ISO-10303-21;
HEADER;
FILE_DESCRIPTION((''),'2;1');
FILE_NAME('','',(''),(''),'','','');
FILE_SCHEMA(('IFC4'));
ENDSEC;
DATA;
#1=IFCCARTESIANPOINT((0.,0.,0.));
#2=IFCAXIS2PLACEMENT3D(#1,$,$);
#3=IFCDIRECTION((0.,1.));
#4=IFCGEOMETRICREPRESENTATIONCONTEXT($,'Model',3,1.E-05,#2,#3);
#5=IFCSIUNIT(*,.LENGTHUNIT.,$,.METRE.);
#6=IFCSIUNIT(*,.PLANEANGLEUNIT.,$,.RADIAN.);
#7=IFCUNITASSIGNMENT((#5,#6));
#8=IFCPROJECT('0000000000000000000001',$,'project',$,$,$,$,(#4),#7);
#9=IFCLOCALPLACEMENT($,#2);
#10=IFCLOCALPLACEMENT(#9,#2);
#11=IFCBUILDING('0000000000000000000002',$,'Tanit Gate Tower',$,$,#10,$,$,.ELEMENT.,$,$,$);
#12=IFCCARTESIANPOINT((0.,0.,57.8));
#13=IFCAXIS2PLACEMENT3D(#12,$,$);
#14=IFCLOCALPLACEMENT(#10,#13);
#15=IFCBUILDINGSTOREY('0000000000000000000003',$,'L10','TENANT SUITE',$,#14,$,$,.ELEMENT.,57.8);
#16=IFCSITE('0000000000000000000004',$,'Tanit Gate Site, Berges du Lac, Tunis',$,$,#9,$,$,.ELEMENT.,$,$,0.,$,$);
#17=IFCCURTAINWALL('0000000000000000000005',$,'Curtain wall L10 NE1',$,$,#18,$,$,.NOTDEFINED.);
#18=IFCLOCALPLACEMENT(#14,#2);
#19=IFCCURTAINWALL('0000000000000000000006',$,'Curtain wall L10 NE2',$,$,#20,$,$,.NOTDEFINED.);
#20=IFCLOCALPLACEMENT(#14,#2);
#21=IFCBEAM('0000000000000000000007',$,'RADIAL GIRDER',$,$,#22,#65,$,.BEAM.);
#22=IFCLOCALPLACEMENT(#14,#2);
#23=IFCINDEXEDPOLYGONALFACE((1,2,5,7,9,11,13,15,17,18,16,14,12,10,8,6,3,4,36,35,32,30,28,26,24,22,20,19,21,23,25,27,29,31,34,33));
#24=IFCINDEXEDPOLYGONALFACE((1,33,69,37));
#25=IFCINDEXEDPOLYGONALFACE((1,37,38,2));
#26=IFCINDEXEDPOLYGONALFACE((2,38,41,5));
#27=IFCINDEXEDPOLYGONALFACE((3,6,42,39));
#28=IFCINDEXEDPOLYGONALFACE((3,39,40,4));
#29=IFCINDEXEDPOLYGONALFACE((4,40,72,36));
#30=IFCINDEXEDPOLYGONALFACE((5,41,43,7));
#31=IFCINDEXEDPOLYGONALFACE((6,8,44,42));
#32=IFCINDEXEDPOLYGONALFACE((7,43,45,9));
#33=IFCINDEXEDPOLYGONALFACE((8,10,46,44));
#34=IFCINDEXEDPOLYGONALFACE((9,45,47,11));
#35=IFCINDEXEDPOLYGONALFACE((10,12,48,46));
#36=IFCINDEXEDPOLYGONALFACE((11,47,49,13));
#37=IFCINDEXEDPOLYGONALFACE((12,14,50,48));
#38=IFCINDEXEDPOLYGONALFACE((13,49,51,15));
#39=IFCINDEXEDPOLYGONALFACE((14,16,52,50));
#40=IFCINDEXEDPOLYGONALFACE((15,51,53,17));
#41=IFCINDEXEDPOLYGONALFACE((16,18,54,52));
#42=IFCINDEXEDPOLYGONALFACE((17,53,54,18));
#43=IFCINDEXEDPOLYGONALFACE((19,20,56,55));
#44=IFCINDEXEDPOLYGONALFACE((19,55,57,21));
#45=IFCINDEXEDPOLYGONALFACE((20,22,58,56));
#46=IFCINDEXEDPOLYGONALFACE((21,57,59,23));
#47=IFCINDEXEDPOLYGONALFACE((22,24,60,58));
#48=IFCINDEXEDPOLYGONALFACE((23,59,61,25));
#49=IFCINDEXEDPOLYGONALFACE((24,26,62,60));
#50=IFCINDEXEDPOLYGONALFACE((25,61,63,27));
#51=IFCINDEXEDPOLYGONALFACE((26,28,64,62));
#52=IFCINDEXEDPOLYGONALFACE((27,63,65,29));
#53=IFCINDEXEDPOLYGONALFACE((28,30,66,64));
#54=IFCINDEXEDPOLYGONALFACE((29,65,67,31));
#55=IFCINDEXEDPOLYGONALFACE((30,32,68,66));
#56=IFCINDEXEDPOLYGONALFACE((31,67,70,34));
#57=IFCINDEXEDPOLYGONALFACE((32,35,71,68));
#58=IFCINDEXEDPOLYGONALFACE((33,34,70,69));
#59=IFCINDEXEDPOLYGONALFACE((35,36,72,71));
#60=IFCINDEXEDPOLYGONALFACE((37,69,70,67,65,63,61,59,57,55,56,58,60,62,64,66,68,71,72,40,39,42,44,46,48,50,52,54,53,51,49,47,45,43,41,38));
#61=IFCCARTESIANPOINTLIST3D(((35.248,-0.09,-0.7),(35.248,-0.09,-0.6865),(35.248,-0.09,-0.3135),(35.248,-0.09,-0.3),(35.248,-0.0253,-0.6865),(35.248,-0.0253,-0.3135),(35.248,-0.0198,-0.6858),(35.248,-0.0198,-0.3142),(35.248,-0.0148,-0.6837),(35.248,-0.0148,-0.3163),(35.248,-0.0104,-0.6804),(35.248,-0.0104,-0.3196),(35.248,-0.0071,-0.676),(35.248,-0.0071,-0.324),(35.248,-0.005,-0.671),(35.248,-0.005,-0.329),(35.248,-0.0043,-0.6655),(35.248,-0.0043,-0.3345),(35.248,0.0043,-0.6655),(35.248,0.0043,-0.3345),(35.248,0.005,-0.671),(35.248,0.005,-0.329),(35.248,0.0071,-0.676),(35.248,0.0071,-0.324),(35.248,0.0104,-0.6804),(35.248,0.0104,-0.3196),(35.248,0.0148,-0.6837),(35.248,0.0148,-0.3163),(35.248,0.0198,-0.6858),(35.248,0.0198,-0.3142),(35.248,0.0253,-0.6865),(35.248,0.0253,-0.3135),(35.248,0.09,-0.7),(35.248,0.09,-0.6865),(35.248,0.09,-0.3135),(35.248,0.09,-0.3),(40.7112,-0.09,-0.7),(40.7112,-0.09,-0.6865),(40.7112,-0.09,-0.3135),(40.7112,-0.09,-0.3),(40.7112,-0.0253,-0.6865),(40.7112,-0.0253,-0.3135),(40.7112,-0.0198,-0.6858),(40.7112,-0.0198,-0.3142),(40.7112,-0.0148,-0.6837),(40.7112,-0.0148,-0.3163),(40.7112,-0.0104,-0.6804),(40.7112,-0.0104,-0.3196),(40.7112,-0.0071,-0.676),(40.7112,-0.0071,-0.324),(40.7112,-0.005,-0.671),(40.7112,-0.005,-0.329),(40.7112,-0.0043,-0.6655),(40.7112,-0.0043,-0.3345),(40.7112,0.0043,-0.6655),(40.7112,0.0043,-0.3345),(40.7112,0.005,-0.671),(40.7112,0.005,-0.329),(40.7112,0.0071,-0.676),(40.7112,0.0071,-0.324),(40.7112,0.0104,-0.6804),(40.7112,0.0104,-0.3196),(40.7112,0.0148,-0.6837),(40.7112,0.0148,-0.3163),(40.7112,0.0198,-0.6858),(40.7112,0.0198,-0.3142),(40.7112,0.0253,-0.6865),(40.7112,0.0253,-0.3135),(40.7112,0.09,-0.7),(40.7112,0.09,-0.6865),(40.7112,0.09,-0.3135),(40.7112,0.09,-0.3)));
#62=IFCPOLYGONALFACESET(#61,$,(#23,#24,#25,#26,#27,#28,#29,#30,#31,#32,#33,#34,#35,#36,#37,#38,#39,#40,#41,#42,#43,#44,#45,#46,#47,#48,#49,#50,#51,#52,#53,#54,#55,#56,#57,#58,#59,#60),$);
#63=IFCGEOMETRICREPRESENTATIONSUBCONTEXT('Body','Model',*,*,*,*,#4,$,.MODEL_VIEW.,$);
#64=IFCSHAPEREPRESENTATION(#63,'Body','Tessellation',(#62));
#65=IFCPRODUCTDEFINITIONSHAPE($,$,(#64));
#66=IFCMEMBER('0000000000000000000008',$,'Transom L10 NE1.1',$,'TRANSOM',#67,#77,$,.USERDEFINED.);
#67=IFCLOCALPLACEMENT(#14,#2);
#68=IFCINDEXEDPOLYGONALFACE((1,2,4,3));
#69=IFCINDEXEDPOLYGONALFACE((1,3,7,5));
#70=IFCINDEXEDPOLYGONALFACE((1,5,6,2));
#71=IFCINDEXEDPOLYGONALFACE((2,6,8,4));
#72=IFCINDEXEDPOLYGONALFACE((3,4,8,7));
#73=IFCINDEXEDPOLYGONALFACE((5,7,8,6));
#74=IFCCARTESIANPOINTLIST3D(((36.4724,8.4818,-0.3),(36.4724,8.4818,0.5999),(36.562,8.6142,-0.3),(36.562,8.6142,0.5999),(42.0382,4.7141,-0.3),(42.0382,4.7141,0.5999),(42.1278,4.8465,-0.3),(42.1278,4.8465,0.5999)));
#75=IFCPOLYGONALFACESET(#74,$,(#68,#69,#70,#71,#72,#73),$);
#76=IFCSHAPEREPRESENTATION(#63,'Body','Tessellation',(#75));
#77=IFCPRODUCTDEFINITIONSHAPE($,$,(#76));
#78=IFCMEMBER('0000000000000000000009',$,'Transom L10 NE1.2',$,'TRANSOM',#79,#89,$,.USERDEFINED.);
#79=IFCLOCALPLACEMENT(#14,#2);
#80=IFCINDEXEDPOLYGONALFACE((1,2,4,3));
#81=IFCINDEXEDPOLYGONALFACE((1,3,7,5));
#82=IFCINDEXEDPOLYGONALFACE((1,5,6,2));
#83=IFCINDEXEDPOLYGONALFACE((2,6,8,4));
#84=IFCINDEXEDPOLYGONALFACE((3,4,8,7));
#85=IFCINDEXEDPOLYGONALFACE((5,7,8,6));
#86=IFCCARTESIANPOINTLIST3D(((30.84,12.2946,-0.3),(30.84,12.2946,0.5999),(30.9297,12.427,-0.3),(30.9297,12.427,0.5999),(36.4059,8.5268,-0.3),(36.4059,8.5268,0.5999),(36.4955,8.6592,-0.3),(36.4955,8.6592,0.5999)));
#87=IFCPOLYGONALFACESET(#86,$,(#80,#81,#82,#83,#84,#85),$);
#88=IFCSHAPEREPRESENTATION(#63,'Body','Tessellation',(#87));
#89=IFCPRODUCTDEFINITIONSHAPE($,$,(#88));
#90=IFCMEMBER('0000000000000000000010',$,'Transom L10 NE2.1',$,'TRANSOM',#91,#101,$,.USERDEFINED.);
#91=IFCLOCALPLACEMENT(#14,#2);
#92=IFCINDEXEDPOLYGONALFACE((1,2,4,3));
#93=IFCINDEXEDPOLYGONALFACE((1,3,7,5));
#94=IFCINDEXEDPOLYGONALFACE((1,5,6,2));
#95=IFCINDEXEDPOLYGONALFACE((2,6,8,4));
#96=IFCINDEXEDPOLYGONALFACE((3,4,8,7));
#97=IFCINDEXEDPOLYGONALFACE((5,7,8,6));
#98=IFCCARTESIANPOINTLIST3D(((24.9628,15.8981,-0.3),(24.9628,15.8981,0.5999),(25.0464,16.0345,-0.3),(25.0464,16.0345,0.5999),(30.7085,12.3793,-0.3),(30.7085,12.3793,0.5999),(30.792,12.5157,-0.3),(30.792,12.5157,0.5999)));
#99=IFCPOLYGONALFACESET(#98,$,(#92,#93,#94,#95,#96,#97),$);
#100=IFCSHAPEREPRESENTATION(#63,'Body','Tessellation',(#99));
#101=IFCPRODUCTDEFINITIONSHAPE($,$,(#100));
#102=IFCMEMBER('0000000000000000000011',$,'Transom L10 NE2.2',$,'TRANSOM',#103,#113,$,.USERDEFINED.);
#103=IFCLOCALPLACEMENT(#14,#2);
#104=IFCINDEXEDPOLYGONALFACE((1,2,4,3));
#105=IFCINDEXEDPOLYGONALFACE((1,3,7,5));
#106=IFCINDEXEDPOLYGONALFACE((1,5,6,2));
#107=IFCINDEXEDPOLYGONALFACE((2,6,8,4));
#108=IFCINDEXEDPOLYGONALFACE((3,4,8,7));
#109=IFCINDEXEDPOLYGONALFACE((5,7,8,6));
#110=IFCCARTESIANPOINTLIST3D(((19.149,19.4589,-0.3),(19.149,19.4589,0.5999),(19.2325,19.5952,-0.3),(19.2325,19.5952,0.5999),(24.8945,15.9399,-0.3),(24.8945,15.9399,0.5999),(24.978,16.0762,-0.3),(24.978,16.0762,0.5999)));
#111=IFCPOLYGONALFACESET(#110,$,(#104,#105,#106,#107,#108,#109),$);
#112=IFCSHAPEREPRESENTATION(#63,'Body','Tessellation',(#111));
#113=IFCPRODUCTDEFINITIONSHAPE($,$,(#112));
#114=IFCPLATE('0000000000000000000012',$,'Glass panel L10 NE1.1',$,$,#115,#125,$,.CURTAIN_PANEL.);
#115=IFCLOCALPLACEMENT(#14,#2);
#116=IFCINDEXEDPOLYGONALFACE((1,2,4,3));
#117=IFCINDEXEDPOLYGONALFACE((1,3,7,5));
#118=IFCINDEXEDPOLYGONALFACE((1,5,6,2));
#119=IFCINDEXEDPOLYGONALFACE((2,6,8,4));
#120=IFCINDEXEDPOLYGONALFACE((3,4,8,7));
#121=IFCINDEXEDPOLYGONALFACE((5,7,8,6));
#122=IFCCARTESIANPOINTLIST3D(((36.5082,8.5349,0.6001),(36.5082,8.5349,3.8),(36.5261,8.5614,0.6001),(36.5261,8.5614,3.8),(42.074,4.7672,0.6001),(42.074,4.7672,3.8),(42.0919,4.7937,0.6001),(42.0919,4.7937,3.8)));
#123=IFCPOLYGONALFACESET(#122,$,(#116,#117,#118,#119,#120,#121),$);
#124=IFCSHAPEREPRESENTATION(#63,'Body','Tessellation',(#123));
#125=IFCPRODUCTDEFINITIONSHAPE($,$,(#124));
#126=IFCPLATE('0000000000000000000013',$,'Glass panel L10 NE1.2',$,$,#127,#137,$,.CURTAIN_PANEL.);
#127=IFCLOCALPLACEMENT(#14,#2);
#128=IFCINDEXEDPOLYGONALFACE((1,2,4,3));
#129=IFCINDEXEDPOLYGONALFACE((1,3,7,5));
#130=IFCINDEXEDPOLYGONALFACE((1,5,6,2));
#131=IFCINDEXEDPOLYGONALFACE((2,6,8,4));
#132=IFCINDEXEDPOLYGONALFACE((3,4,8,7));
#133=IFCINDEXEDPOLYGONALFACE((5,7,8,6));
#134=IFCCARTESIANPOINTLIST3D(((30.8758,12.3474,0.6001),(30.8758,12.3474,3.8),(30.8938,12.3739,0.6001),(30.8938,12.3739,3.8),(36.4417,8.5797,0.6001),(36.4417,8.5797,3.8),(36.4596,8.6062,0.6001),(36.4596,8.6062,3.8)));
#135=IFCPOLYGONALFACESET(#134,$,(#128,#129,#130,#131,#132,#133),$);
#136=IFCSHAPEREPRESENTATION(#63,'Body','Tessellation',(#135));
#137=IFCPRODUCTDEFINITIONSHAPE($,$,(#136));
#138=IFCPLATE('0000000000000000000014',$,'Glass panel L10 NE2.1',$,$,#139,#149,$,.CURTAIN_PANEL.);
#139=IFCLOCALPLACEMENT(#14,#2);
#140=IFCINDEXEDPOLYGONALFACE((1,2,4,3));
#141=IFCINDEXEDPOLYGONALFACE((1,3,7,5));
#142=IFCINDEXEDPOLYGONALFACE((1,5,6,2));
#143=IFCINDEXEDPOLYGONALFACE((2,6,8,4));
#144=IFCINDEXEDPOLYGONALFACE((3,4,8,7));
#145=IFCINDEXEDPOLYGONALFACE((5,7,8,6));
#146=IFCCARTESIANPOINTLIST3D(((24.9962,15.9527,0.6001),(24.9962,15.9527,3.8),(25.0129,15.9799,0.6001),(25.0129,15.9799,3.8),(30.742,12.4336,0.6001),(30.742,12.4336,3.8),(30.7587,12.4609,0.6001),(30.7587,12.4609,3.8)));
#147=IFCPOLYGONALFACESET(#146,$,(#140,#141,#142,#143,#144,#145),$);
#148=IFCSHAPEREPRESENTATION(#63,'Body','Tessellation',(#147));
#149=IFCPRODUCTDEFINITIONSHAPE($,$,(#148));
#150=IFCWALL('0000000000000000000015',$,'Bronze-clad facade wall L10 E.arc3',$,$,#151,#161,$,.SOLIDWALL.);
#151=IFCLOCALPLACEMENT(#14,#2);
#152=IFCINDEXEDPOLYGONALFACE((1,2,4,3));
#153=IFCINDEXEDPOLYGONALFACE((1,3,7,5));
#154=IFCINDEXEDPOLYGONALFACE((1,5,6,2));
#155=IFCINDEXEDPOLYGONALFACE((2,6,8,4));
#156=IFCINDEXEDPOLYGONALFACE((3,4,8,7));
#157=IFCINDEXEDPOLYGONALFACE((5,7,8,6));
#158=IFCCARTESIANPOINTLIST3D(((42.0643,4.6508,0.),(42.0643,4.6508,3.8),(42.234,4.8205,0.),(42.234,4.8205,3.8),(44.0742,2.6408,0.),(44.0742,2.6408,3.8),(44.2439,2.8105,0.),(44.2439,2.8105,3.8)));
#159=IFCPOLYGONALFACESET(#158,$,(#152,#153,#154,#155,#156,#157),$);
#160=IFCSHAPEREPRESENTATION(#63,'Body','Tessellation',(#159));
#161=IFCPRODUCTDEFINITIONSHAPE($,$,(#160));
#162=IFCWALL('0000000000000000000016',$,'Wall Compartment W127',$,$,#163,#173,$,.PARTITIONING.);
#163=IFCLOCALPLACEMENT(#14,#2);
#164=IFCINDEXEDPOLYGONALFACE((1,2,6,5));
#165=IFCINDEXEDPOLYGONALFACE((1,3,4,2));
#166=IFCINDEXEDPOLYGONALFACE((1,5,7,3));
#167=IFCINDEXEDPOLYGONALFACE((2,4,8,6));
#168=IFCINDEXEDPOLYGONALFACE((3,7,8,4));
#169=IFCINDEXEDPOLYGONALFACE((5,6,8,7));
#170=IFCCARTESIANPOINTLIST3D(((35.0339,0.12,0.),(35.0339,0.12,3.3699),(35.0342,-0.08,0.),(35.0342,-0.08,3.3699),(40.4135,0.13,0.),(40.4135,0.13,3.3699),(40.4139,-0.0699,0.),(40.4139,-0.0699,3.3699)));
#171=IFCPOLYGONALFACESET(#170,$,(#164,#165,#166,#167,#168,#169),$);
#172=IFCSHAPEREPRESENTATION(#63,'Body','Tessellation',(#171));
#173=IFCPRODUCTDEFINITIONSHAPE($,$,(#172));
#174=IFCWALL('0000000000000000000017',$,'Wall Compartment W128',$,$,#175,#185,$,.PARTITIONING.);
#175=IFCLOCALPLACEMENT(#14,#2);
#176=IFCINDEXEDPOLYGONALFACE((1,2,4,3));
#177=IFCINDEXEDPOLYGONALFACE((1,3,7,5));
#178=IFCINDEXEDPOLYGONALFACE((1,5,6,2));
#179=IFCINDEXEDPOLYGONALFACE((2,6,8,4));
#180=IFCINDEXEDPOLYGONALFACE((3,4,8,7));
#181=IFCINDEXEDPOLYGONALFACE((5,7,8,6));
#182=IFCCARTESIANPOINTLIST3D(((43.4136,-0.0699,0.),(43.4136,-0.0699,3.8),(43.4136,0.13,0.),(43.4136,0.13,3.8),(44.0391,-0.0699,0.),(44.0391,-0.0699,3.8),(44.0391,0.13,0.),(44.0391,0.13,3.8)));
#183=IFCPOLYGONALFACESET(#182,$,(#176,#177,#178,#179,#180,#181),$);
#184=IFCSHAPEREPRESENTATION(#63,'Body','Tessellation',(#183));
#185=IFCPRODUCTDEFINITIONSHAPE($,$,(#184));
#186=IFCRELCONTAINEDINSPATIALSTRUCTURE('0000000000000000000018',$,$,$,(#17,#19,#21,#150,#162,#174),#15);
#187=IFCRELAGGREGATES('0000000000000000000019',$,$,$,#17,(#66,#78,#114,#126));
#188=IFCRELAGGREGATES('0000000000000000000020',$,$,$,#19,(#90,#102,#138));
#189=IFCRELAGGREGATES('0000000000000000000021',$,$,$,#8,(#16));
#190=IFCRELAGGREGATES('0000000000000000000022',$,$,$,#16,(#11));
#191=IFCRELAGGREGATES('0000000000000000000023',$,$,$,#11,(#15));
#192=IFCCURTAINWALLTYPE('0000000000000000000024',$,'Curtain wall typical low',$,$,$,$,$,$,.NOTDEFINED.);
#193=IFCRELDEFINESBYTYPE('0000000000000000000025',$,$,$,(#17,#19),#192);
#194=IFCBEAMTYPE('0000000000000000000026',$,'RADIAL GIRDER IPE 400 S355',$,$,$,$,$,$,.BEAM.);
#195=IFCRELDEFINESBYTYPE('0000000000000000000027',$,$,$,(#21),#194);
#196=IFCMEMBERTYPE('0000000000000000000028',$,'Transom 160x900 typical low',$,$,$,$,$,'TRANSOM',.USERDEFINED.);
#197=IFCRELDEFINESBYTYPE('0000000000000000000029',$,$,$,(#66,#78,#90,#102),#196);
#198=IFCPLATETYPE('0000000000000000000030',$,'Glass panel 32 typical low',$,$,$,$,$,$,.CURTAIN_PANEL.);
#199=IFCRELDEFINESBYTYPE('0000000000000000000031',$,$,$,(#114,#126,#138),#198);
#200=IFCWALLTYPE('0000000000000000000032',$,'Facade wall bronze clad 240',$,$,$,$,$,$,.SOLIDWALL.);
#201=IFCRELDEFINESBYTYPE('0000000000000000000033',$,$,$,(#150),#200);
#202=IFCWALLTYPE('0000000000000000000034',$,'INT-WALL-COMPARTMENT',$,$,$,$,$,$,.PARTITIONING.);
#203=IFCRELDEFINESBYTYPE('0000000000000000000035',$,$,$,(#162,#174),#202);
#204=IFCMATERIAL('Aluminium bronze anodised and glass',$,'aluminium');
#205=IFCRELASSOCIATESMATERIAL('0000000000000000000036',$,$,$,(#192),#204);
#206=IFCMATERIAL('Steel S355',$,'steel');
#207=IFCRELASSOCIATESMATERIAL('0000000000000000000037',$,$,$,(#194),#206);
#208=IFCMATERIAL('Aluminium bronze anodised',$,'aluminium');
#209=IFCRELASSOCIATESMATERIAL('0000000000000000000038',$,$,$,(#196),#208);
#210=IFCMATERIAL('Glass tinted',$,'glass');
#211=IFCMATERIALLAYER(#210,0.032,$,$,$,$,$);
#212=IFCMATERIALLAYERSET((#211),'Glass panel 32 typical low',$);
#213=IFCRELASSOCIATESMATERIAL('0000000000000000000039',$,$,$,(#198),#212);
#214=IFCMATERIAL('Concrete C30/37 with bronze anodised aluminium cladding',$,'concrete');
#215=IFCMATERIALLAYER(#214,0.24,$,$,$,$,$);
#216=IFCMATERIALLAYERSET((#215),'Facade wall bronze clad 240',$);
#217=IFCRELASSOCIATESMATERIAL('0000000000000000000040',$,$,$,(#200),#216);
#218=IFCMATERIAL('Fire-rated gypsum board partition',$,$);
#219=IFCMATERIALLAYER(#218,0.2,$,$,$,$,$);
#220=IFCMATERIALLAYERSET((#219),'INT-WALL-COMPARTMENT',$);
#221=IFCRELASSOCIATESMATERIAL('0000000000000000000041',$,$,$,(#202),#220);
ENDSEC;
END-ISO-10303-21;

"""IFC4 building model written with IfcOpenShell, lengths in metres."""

from ifc_helpers import new_model, si_unit, direction, frame, frame_2d, origin, origin_2d, place, context, subcontext, project, spatial, rectangle, i_section, extrude, material, layer, layer_set, material_profile, profile_set, type_object, element, aggregate, save


model = new_model("IFC4")

# Units and contexts
model_context = context("Model", 3, precision=1e-05, world=origin(), true_north=direction((0.0, 1.0)))
body_context = subcontext(model_context, "Body", "Model", "MODEL_VIEW")
ifc_project = project(units=[si_unit("LENGTHUNIT", "METRE"), si_unit("PLANEANGLEUNIT", "RADIAN")], contexts=[model_context])

# Site, building, storey
site_placement = place(None, origin())
site = spatial("IfcSite", under=ifc_project, at=site_placement, Name="Tanit Gate Site, Berges du Lac, Tunis", CompositionType="ELEMENT", RefElevation=0.0)
building_placement = place(site_placement, origin())
building = spatial("IfcBuilding", under=site, at=building_placement, Name="Tanit Gate Tower", CompositionType="ELEMENT")
storey_placement = place(building_placement, frame((0.0, 0.0, 57.8)))
storey = spatial("IfcBuildingStorey", under=building, at=storey_placement, Name="L10", Description="TENANT SUITE", CompositionType="ELEMENT", Elevation=57.8)

# Curtain walls
ifc_material_1 = material(Name="Aluminium bronze anodised and glass", Category="aluminium")
curtain_wall_type = type_object("IfcCurtainWallType", Name="Curtain wall typical low", PredefinedType="NOTDEFINED", material=ifc_material_1)
curtain_wall_1_placement = place(storey_placement, origin())
curtain_wall_1 = element("IfcCurtainWall", 1, at=curtain_wall_1_placement, inside=storey, type_object=curtain_wall_type, Name="Curtain wall L10 NE1", PredefinedType="NOTDEFINED")
curtain_wall_2_placement = place(storey_placement, origin())
curtain_wall_2 = element("IfcCurtainWall", 2, at=curtain_wall_2_placement, inside=storey, type_object=curtain_wall_type, Name="Curtain wall L10 NE2", PredefinedType="NOTDEFINED")

# Beam
ifc_material_2 = material(Name="Steel S355", Category="steel")
ifc_material_profile_1 = material_profile(ifc_material_2, i_section(OverallWidth=0.1799, OverallDepth=0.3999, WebThickness=0.0085, FlangeThickness=0.0134, FilletRadius=0.021, at=origin_2d()), Name="IPE 400")
ifc_profile_set_1 = profile_set([ifc_material_profile_1], Name="Steel S355")
beam_type_1 = type_object("IfcBeamType", Name="RADIAL GIRDER IPE 400 S355", PredefinedType="BEAM", material=ifc_profile_set_1)
beam_1_placement = place(storey_placement, frame((40.7112, 0.0, -0.5), z_axis=(-1.0, 0.0, 0.0), x_axis=(0.0, -1.0, 0.0)))
element("IfcBeam", 3, at=beam_1_placement, inside=storey, type_object=beam_type_1, Name="RADIAL GIRDER", PredefinedType="BEAM", context=body_context, shape_type="SweptSolid", body=[
    extrude(i_section(OverallWidth=0.1799, OverallDepth=0.3999, WebThickness=0.0085, FlangeThickness=0.0134, FilletRadius=0.021, at=origin_2d()), origin(), (0.0, 0.0, 1.0), 5.4631),
])

# Members
ifc_material_3 = material(Name="Aluminium bronze anodised", Category="aluminium")
ifc_material_profile_2 = material_profile(ifc_material_3, rectangle(XDim=0.1599, YDim=0.8999, at=origin_2d()), Name="160x900 bronze transom")
ifc_profile_set_2 = profile_set([ifc_material_profile_2], Name="Aluminium bronze anodised")
member_type_1 = type_object("IfcMemberType", Name="Transom 160x900 typical low", ElementType="TRANSOM", PredefinedType="USERDEFINED", material=ifc_profile_set_2)
member_1_placement = place(storey_placement, frame((42.083, 4.7803, 0.1499), z_axis=(-0.828101, 0.560579, 0.0), x_axis=(-0.560579, -0.828101, 0.0)))
member_1 = element("IfcMember", 4, at=member_1_placement, type_object=member_type_1, Name="Transom L10 NE1.1", ObjectType="TRANSOM", PredefinedType="USERDEFINED", context=body_context, shape_type="SweptSolid", body=[
    extrude(rectangle(XDim=0.1599, YDim=0.8999, at=origin_2d()), origin(), (0.0, 0.0, 1.0), 6.7212),
])
member_2_placement = place(storey_placement, frame((36.4507, 8.593, 0.1499), z_axis=(-0.828101, 0.560579, 0.0), x_axis=(-0.560579, -0.828101, 0.0)))
member_2 = element("IfcMember", 5, at=member_2_placement, type_object=member_type_1, Name="Transom L10 NE1.2", ObjectType="TRANSOM", PredefinedType="USERDEFINED", context=body_context, shape_type="SweptSolid", body=[
    extrude(rectangle(XDim=0.1599, YDim=0.8999, at=origin_2d()), origin(), (0.0, 0.0, 1.0), 6.7212),
])
member_3_placement = place(storey_placement, frame((30.7502, 12.4475, 0.1499), z_axis=(-0.85278, 0.522271, 0.0), x_axis=(-0.522271, -0.85278, 0.0)))
member_3 = element("IfcMember", 6, at=member_3_placement, type_object=member_type_1, Name="Transom L10 NE2.1", ObjectType="TRANSOM", PredefinedType="USERDEFINED", context=body_context, shape_type="SweptSolid", body=[
    extrude(rectangle(XDim=0.1599, YDim=0.8999, at=origin_2d()), origin(), (0.0, 0.0, 1.0), 6.7375),
])
member_4_placement = place(storey_placement, frame((24.9363, 16.0081, 0.1499), z_axis=(-0.852764, 0.522297, 0.0), x_axis=(-0.522297, -0.852764, 0.0)))
member_4 = element("IfcMember", 7, at=member_4_placement, type_object=member_type_1, Name="Transom L10 NE2.2", ObjectType="TRANSOM", PredefinedType="USERDEFINED", context=body_context, shape_type="SweptSolid", body=[
    extrude(rectangle(XDim=0.1599, YDim=0.8999, at=origin_2d()), origin(), (0.0, 0.0, 1.0), 6.7375),
])

# Plates
ifc_material_4 = material(Name="Glass tinted", Category="glass")
ifc_layer_1 = layer(ifc_material_4, 0.032)
ifc_layer_set_1 = layer_set([ifc_layer_1], Name="Glass panel 32 typical low")
plate_type = type_object("IfcPlateType", Name="Glass panel 32 typical low", PredefinedType="CURTAIN_PANEL", material=ifc_layer_set_1)
plate_1_placement = place(storey_placement, frame((39.3, 6.6643, 0.6001), z_axis=(0.0, 0.0, 1.0), x_axis=(-0.828105, 0.560574, 0.0)))
plate_1 = element("IfcPlate", 8, at=plate_1_placement, type_object=plate_type, Name="Glass panel L10 NE1.1", PredefinedType="CURTAIN_PANEL", context=body_context, shape_type="SweptSolid", body=[
    extrude(rectangle(XDim=6.7212, YDim=0.032, at=origin_2d()), origin(), (0.0, 0.0, 1.0), 3.2),
])
plate_2_placement = place(storey_placement, frame((33.6677, 10.4768, 0.6001), z_axis=(0.0, 0.0, 1.0), x_axis=(-0.828105, 0.560574, 0.0)))
plate_2 = element("IfcPlate", 9, at=plate_2_placement, type_object=plate_type, Name="Glass panel L10 NE1.2", PredefinedType="CURTAIN_PANEL", context=body_context, shape_type="SweptSolid", body=[
    extrude(rectangle(XDim=6.7212, YDim=0.032, at=origin_2d()), origin(), (0.0, 0.0, 1.0), 3.2),
])
aggregate(curtain_wall_1, [member_1, member_2, plate_1, plate_2])
plate_3_placement = place(storey_placement, frame((27.8774, 14.2068, 0.6001), z_axis=(0.0, 0.0, 1.0), x_axis=(-0.852772, 0.522283, 0.0)))
plate_3 = element("IfcPlate", 10, at=plate_3_placement, type_object=plate_type, Name="Glass panel L10 NE2.1", PredefinedType="CURTAIN_PANEL", context=body_context, shape_type="SweptSolid", body=[
    extrude(rectangle(XDim=6.7378, YDim=0.032, at=origin_2d()), origin(), (0.0, 0.0, 1.0), 3.2),
])
aggregate(curtain_wall_2, [member_3, member_4, plate_3])

# Walls
ifc_material_5 = material(Name="Concrete C30/37 with bronze anodised aluminium cladding", Category="concrete")
ifc_layer_2 = layer(ifc_material_5, 0.24)
ifc_layer_set_2 = layer_set([ifc_layer_2], Name="Facade wall bronze clad 240")
wall_type_1 = type_object("IfcWallType", Name="Facade wall bronze clad 240", PredefinedType="SOLIDWALL", material=ifc_layer_set_2)
wall_1_placement = place(storey_placement, frame((44.1592, 2.7256, 0.0), z_axis=(0.0, 0.0, 1.0), x_axis=(-0.707107, 0.707107, 0.0)))
element("IfcWall", 11, at=wall_1_placement, inside=storey, type_object=wall_type_1, Name="Bronze-clad facade wall L10 E.arc3", PredefinedType="SOLIDWALL", context=body_context, shape_type="SweptSolid", body=[
    extrude(rectangle(XDim=2.8425, YDim=0.24, at=frame_2d((1.4214, 0.0))), origin(), (0.0, 0.0, 1.0), 3.8),
])
ifc_material_6 = material(Name="Fire-rated gypsum board partition")
ifc_layer_3 = layer(ifc_material_6, 0.2)
ifc_layer_set_3 = layer_set([ifc_layer_3], Name="INT-WALL-COMPARTMENT")
wall_type_2 = type_object("IfcWallType", Name="INT-WALL-COMPARTMENT", PredefinedType="PARTITIONING", material=ifc_layer_set_3)
wall_2_placement = place(storey_placement, frame((35.0339, 0.02, 0.0), z_axis=(0.0, 0.0, 1.0), x_axis=(0.999998, 0.001861, 0.0)))
element("IfcWall", 12, at=wall_2_placement, inside=storey, type_object=wall_type_2, Name="Wall Compartment W127", PredefinedType="PARTITIONING", context=body_context, shape_type="SweptSolid", body=[
    extrude(rectangle(XDim=5.3796, YDim=0.2, at=frame_2d((2.6899, 0.0))), origin(), (0.0, 0.0, 1.0), 3.3699),
])
wall_3_placement = place(storey_placement, frame((43.4136, 0.03, 0.0), z_axis=(0.0, 0.0, 1.0), x_axis=(1.0, 0.0, 0.0)))
element("IfcWall", 13, at=wall_3_placement, inside=storey, type_object=wall_type_2, Name="Wall Compartment W128", PredefinedType="PARTITIONING", context=body_context, shape_type="SweptSolid", body=[
    extrude(rectangle(XDim=0.6255, YDim=0.2, at=frame_2d((0.3127, 0.0))), origin(), (0.0, 0.0, 1.0), 3.8),
])

save(model, "model.ifc")
